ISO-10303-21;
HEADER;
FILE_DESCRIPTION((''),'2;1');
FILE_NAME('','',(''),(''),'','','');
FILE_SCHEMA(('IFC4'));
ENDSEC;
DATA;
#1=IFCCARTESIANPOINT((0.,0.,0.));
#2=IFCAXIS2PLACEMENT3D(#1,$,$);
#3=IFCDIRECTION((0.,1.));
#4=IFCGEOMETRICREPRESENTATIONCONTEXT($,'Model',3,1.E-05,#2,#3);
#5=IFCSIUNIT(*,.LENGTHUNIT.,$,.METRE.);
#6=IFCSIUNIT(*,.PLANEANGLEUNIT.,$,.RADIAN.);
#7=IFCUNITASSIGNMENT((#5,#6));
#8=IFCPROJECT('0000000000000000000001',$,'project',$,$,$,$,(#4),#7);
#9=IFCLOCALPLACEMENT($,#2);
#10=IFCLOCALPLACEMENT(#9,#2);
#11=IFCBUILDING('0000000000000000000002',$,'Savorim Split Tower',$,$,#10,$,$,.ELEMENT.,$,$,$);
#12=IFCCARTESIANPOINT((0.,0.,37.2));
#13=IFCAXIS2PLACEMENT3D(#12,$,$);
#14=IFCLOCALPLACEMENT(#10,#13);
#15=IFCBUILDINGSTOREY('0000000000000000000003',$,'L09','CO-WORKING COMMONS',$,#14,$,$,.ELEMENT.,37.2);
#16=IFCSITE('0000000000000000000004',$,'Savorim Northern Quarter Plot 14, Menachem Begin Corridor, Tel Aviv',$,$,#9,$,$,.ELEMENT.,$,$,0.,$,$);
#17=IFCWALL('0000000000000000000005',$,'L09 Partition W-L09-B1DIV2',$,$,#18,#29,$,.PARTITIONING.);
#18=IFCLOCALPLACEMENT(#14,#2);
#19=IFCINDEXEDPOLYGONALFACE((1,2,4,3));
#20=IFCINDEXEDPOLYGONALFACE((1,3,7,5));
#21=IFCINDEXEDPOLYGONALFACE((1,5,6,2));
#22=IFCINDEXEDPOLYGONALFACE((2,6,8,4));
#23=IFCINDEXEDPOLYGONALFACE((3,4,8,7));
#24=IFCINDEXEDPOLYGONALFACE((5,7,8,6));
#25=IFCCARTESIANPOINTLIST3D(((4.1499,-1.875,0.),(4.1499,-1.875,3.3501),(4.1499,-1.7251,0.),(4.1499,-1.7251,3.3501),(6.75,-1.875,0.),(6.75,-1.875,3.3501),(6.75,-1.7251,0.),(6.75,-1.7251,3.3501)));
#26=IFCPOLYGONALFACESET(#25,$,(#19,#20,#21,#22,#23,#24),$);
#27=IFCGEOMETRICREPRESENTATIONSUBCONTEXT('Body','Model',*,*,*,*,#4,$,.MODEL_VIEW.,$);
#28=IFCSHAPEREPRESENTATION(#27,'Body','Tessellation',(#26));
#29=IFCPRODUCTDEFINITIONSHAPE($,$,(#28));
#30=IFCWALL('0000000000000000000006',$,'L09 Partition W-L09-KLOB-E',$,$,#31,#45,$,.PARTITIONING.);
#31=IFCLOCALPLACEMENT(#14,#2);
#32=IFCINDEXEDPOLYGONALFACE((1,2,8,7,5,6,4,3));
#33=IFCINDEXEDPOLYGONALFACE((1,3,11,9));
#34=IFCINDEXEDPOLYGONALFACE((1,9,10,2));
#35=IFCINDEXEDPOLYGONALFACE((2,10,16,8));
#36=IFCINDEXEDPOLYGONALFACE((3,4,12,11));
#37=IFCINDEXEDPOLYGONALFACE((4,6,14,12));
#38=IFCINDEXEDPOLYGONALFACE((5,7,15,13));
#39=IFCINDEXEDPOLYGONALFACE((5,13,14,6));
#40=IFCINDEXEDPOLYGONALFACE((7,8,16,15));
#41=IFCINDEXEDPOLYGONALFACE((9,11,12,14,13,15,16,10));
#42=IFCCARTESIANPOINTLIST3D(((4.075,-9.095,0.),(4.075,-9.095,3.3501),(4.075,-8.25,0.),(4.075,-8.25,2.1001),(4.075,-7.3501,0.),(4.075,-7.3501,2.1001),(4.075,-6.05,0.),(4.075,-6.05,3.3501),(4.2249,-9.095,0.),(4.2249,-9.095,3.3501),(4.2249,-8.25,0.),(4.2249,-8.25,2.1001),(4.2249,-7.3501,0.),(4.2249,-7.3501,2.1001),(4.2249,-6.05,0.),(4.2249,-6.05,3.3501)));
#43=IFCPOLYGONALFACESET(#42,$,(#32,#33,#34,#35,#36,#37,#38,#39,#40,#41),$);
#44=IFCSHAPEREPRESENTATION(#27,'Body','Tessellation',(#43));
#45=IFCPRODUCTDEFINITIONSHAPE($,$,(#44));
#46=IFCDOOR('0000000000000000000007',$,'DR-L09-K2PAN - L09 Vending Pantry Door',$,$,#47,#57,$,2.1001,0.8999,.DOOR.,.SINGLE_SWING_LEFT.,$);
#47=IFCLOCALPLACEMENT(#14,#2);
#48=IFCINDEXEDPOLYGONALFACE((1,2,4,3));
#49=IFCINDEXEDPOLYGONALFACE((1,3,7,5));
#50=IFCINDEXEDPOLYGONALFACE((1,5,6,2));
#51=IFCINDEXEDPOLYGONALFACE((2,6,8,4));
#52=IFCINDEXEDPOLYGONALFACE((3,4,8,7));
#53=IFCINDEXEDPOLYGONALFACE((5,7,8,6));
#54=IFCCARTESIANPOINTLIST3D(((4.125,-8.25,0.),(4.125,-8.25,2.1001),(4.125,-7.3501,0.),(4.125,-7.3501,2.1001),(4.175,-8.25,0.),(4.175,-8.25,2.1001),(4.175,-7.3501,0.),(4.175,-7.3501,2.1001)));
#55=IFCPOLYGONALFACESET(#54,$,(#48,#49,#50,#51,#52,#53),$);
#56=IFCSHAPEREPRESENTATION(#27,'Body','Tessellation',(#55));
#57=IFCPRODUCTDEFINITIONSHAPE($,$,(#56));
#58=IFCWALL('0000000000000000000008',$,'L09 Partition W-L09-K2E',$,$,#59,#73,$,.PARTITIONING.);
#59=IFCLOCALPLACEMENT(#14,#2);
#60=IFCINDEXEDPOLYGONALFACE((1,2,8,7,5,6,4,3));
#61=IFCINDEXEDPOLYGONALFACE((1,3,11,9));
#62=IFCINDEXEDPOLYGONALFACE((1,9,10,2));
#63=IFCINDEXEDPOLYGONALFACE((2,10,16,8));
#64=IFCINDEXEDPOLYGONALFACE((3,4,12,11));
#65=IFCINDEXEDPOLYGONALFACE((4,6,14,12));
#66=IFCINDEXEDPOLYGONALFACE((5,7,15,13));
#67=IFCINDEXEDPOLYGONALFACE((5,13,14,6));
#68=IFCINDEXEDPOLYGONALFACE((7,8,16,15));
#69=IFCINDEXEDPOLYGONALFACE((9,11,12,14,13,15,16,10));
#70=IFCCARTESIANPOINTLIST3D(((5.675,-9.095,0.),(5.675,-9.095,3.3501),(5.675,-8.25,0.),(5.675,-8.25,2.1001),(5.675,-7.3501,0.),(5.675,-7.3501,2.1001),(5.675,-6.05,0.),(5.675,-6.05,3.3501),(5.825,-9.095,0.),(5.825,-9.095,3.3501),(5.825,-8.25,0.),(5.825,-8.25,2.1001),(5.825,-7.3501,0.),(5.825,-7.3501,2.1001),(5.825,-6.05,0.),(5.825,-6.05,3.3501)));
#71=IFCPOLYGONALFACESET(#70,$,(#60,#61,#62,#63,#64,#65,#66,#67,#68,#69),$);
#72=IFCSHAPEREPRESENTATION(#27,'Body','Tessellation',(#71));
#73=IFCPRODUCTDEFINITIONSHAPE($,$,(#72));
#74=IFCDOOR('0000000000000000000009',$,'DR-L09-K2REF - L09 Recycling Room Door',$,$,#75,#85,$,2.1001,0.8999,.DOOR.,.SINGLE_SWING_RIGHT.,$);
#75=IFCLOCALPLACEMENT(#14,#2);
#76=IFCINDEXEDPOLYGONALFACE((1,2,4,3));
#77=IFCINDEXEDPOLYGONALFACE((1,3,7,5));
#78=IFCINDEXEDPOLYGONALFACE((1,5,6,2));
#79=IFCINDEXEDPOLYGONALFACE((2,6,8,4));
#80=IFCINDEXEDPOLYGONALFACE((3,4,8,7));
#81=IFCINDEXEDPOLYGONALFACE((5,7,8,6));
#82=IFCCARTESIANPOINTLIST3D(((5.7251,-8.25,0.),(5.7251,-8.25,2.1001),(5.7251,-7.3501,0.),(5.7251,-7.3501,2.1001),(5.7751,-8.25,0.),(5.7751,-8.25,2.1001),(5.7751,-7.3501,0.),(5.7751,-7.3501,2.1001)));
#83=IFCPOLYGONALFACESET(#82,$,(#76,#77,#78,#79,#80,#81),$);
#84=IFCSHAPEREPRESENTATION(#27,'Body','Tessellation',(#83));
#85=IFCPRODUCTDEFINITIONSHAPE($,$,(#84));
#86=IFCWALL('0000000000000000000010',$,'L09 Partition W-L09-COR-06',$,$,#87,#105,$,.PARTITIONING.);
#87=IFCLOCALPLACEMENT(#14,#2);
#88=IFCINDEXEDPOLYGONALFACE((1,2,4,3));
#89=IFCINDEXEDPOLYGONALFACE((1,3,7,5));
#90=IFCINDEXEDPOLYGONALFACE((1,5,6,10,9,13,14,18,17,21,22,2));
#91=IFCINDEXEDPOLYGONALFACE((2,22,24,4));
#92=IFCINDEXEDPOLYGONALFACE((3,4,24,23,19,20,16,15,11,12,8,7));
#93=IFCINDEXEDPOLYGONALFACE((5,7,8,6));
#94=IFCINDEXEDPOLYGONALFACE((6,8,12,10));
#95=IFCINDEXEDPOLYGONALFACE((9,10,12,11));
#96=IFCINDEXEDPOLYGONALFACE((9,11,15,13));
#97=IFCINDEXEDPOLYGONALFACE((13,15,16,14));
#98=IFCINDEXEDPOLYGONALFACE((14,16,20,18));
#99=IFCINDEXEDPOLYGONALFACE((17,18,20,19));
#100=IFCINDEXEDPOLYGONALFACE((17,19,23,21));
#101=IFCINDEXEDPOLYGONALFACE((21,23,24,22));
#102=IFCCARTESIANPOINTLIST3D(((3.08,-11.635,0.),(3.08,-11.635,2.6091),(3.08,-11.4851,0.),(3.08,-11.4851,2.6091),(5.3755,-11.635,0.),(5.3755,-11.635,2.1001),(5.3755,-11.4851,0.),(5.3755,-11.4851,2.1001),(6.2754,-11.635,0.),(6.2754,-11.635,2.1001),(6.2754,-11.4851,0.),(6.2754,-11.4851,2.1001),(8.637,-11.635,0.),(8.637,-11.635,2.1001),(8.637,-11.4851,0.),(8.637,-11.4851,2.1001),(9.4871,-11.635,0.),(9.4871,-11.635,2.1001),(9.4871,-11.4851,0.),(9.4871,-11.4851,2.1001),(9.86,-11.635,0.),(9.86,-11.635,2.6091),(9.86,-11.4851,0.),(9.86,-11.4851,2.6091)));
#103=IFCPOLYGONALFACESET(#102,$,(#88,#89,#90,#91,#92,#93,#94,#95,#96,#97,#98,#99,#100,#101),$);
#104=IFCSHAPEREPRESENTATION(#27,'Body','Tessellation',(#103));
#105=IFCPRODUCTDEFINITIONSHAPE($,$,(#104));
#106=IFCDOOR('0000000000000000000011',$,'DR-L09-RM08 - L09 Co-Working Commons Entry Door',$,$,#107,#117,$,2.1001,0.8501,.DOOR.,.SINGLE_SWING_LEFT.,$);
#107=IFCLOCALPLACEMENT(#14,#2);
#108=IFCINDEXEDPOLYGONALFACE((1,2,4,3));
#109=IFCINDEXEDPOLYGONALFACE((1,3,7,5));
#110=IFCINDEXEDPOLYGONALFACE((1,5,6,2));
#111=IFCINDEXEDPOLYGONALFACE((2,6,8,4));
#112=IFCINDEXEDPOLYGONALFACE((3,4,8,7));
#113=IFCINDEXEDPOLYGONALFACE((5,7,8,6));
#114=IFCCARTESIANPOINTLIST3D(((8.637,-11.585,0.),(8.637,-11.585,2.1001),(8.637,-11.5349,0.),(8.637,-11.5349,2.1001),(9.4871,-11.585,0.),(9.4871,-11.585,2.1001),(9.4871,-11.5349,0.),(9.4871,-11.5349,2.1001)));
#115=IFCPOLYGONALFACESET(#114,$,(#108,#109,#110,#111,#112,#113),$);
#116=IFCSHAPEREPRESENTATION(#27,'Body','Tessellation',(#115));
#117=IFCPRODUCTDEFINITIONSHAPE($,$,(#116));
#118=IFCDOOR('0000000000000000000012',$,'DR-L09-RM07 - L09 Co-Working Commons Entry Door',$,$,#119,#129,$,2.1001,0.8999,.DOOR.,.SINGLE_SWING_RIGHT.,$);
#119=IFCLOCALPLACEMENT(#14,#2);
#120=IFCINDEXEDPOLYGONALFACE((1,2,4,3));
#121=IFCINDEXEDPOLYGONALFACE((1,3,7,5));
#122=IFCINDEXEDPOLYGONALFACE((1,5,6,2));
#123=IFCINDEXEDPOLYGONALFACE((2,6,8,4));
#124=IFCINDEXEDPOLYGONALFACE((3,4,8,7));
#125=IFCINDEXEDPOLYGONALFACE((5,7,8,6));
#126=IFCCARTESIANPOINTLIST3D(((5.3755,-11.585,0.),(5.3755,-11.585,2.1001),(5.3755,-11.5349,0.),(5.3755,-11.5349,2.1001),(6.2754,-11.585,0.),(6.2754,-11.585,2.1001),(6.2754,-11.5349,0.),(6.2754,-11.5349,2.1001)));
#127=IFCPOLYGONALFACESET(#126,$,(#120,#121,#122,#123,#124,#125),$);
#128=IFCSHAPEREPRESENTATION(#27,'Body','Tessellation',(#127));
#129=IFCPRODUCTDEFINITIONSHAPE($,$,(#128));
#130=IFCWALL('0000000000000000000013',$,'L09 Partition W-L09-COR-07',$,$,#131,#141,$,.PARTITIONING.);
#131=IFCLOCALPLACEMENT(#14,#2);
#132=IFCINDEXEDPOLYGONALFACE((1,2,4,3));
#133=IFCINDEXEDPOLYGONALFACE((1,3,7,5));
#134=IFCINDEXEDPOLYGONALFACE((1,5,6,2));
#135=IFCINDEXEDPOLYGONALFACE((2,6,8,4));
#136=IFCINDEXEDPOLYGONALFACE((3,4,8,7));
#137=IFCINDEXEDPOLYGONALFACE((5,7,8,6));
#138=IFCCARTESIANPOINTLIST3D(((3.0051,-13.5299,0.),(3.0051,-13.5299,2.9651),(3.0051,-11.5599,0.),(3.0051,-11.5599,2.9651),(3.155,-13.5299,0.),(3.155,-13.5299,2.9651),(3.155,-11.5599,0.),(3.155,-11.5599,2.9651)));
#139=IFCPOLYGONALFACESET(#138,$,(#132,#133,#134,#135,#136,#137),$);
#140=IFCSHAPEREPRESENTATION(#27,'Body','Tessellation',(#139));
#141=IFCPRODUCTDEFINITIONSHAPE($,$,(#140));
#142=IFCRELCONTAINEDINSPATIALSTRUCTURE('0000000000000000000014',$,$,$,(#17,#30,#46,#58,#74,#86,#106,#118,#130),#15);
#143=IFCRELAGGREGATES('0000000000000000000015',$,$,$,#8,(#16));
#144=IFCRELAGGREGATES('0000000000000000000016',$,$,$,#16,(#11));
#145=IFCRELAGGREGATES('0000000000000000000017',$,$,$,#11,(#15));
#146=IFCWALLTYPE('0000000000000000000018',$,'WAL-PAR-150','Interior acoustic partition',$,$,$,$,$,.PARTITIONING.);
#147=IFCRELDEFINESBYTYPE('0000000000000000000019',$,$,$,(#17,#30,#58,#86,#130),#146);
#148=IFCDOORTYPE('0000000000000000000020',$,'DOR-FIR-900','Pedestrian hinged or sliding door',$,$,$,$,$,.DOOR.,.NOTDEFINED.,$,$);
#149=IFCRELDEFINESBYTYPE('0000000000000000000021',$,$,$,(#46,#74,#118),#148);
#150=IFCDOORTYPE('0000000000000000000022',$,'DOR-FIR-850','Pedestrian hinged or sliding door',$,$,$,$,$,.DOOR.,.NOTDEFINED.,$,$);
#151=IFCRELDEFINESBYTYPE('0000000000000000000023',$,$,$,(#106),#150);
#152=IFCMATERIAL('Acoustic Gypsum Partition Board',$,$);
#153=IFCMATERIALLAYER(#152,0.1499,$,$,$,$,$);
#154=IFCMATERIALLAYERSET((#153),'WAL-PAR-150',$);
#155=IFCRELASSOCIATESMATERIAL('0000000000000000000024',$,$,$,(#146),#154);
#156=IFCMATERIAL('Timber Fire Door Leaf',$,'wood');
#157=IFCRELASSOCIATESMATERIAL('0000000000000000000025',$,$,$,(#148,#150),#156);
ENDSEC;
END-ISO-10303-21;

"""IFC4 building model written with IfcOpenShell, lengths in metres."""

from ifc_helpers import new_model, si_unit, direction, frame, frame_2d, origin, place, context, subcontext, project, spatial, rectangle, extrude, material, layer, layer_set, type_object, element, fill, save


model = new_model("IFC4")

# Units and contexts
model_context = context("Model", 3, precision=1e-05, world=origin(), true_north=direction((0.0, 1.0)))
body_context = subcontext(model_context, "Body", "Model", "MODEL_VIEW")
ifc_project = project(units=[si_unit("LENGTHUNIT", "METRE"), si_unit("PLANEANGLEUNIT", "RADIAN")], contexts=[model_context])

# Site, building, storey
site_placement = place(None, origin())
site = spatial("IfcSite", under=ifc_project, at=site_placement, Name="Savorim Northern Quarter Plot 14, Menachem Begin Corridor, Tel Aviv", CompositionType="ELEMENT", RefElevation=0.0)
building_placement = place(site_placement, origin())
building = spatial("IfcBuilding", under=site, at=building_placement, Name="Savorim Split Tower", CompositionType="ELEMENT")
storey_placement = place(building_placement, frame((0.0, 0.0, 37.2)))
storey = spatial("IfcBuildingStorey", under=building, at=storey_placement, Name="L09", Description="CO-WORKING COMMONS", CompositionType="ELEMENT", Elevation=37.2)

# Wall
ifc_material_1 = material(Name="Acoustic Gypsum Partition Board")
ifc_layer_1 = layer(ifc_material_1, 0.1499)
ifc_layer_set_1 = layer_set([ifc_layer_1], Name="WAL-PAR-150")
wall_type_1 = type_object("IfcWallType", Name="WAL-PAR-150", Description="Interior acoustic partition", PredefinedType="PARTITIONING", material=ifc_layer_set_1)
for number, where, z_axis, x_axis, name in (
    (1, (4.1499, -1.8, 0.0), (0.0, 0.0, 1.0), (1.0, 0.0, 0.0), "L09 Partition W-L09-B1DIV2"),
):
    element("IfcWall", number, at=place(storey_placement, frame(where, z_axis=z_axis, x_axis=x_axis)), inside=storey, type_object=wall_type_1, Name=name, PredefinedType="PARTITIONING", context=body_context, shape_type="SweptSolid", body=[
        extrude(rectangle(XDim=2.6001, YDim=0.1499, at=frame_2d((1.3, 0.0))), origin(), (0.0, 0.0, 1.0), 3.3501),
    ])

# Walls, openings, doors
wall_1_placement = place(storey_placement, frame((4.1499, -9.095, 0.0), z_axis=(0.0, 0.0, 1.0), x_axis=(0.0, 1.0, 0.0)))
wall_1 = element("IfcWall", 2, at=wall_1_placement, inside=storey, type_object=wall_type_1, Name="L09 Partition W-L09-KLOB-E", PredefinedType="PARTITIONING", context=body_context, shape_type="SweptSolid", body=[
    extrude(rectangle(XDim=3.0449, YDim=0.1499, at=frame_2d((1.5225, 0.0))), origin(), (0.0, 0.0, 1.0), 3.3501),
])
opening_1_placement = place(wall_1_placement, frame((0.845, 0.0, 0.0)))
opening_1 = element("IfcOpeningElement", 3, at=opening_1_placement, cuts=wall_1, PredefinedType="OPENING", context=body_context, shape_type="SweptSolid", body=[
    extrude(rectangle(XDim=0.8999, YDim=2.1001, at=frame_2d((0.45, 1.05))), frame((0.0, 0.085, 0.0), z_axis=(0.0, -1.0, 0.0), x_axis=(1.0, 0.0, 0.0)), (0.0, 0.0, 1.0), 0.1699),
])
ifc_material_2 = material(Name="Timber Fire Door Leaf", Category="wood")
door_type_1 = type_object("IfcDoorType", Name="DOR-FIR-900", Description="Pedestrian hinged or sliding door", OperationType="NOTDEFINED", PredefinedType="DOOR", material=ifc_material_2)
door_1_placement = place(opening_1_placement, origin())
door_1 = element("IfcDoor", 4, at=door_1_placement, inside=storey, type_object=door_type_1, Name="DR-L09-K2PAN - L09 Vending Pantry Door", OperationType="SINGLE_SWING_LEFT", OverallHeight=2.1001, OverallWidth=0.8999, PredefinedType="DOOR", context=body_context, shape_type="SweptSolid", body=[
    extrude(rectangle(XDim=0.8999, YDim=2.1001, at=frame_2d((0.45, 1.05))), frame((0.0, 0.0249, 0.0), z_axis=(0.0, -1.0, 0.0), x_axis=(1.0, 0.0, 0.0)), (0.0, 0.0, 1.0), 0.05),
])
fill(opening_1, door_1)
wall_2_placement = place(storey_placement, frame((5.75, -9.095, 0.0), z_axis=(0.0, 0.0, 1.0), x_axis=(0.0, 1.0, 0.0)))
wall_2 = element("IfcWall", 5, at=wall_2_placement, inside=storey, type_object=wall_type_1, Name="L09 Partition W-L09-K2E", PredefinedType="PARTITIONING", context=body_context, shape_type="SweptSolid", body=[
    extrude(rectangle(XDim=3.0449, YDim=0.1499, at=frame_2d((1.5225, 0.0))), origin(), (0.0, 0.0, 1.0), 3.3501),
])
opening_2_placement = place(wall_2_placement, frame((0.845, 0.0, 0.0)))
opening_2 = element("IfcOpeningElement", 6, at=opening_2_placement, cuts=wall_2, PredefinedType="OPENING", context=body_context, shape_type="SweptSolid", body=[
    extrude(rectangle(XDim=0.8999, YDim=2.1001, at=frame_2d((0.45, 1.05))), frame((0.0, 0.085, 0.0), z_axis=(0.0, -1.0, 0.0), x_axis=(1.0, 0.0, 0.0)), (0.0, 0.0, 1.0), 0.1699),
])
door_2_placement = place(opening_2_placement, origin())
door_2 = element("IfcDoor", 7, at=door_2_placement, inside=storey, type_object=door_type_1, Name="DR-L09-K2REF - L09 Recycling Room Door", OperationType="SINGLE_SWING_RIGHT", OverallHeight=2.1001, OverallWidth=0.8999, PredefinedType="DOOR", context=body_context, shape_type="SweptSolid", body=[
    extrude(rectangle(XDim=0.8999, YDim=2.1001, at=frame_2d((0.45, 1.05))), frame((0.0, 0.0249, 0.0), z_axis=(0.0, -1.0, 0.0), x_axis=(1.0, 0.0, 0.0)), (0.0, 0.0, 1.0), 0.05),
])
fill(opening_2, door_2)

# Wall, openings, doors
wall_3_placement = place(storey_placement, frame((9.8601, -11.5601, 0.0), z_axis=(0.0, 0.0, 1.0), x_axis=(-1.0, 0.0, 0.0)))
wall_3 = element("IfcWall", 8, at=wall_3_placement, inside=storey, type_object=wall_type_1, Name="L09 Partition W-L09-COR-06", PredefinedType="PARTITIONING", context=body_context, shape_type="SweptSolid", body=[
    extrude(rectangle(XDim=6.78, YDim=0.1499, at=frame_2d((3.3901, 0.0))), origin(), (0.0, 0.0, 1.0), 2.6091),
])
opening_3_placement = place(wall_3_placement, frame((3.5847, 0.0, 0.0)))
opening_3 = element("IfcOpeningElement", 9, at=opening_3_placement, cuts=wall_3, PredefinedType="OPENING", context=body_context, shape_type="SweptSolid", body=[
    extrude(rectangle(XDim=0.8999, YDim=2.1001, at=frame_2d((0.45, 1.05))), frame((0.0, 0.085, 0.0), z_axis=(0.0, -1.0, 0.0), x_axis=(1.0, 0.0, 0.0)), (0.0, 0.0, 1.0), 0.1699),
])
opening_4_placement = place(wall_3_placement, frame((0.373, 0.0, 0.0)))
opening_4 = element("IfcOpeningElement", 10, at=opening_4_placement, cuts=wall_3, PredefinedType="OPENING", context=body_context, shape_type="SweptSolid", body=[
    extrude(rectangle(XDim=0.8501, YDim=2.1001, at=frame_2d((0.425, 1.05))), frame((0.0, 0.085, 0.0), z_axis=(0.0, -1.0, 0.0), x_axis=(1.0, 0.0, 0.0)), (0.0, 0.0, 1.0), 0.1699),
])
door_type_2 = type_object("IfcDoorType", Name="DOR-FIR-850", Description="Pedestrian hinged or sliding door", OperationType="NOTDEFINED", PredefinedType="DOOR", material=ifc_material_2)
door_3_placement = place(opening_4_placement, origin())
door_3 = element("IfcDoor", 11, at=door_3_placement, inside=storey, type_object=door_type_2, Name="DR-L09-RM08 - L09 Co-Working Commons Entry Door", OperationType="SINGLE_SWING_LEFT", OverallHeight=2.1001, OverallWidth=0.8501, PredefinedType="DOOR", context=body_context, shape_type="SweptSolid", body=[
    extrude(rectangle(XDim=0.8501, YDim=2.1001, at=frame_2d((0.425, 1.05))), frame((0.0, 0.0249, 0.0), z_axis=(0.0, -1.0, 0.0), x_axis=(1.0, 0.0, 0.0)), (0.0, 0.0, 1.0), 0.05),
])
fill(opening_4, door_3)
door_4_placement = place(opening_3_placement, origin())
door_4 = element("IfcDoor", 12, at=door_4_placement, inside=storey, type_object=door_type_1, Name="DR-L09-RM07 - L09 Co-Working Commons Entry Door", OperationType="SINGLE_SWING_RIGHT", OverallHeight=2.1001, OverallWidth=0.8999, PredefinedType="DOOR", context=body_context, shape_type="SweptSolid", body=[
    extrude(rectangle(XDim=0.8999, YDim=2.1001, at=frame_2d((0.45, 1.05))), frame((0.0, 0.0249, 0.0), z_axis=(0.0, -1.0, 0.0), x_axis=(1.0, 0.0, 0.0)), (0.0, 0.0, 1.0), 0.05),
])
fill(opening_3, door_4)

# Wall
wall_4_placement = place(storey_placement, frame((3.0801, -11.5601, 0.0), z_axis=(0.0, 0.0, 1.0), x_axis=(0.0, -1.0, 0.0)))
element("IfcWall", 13, at=wall_4_placement, inside=storey, type_object=wall_type_1, Name="L09 Partition W-L09-COR-07", PredefinedType="PARTITIONING", context=body_context, shape_type="SweptSolid", body=[
    extrude(rectangle(XDim=1.97, YDim=0.1499, at=frame_2d((0.9849, 0.0))), origin(), (0.0, 0.0, 1.0), 2.9651),
])

save(model, "model.ifc")
